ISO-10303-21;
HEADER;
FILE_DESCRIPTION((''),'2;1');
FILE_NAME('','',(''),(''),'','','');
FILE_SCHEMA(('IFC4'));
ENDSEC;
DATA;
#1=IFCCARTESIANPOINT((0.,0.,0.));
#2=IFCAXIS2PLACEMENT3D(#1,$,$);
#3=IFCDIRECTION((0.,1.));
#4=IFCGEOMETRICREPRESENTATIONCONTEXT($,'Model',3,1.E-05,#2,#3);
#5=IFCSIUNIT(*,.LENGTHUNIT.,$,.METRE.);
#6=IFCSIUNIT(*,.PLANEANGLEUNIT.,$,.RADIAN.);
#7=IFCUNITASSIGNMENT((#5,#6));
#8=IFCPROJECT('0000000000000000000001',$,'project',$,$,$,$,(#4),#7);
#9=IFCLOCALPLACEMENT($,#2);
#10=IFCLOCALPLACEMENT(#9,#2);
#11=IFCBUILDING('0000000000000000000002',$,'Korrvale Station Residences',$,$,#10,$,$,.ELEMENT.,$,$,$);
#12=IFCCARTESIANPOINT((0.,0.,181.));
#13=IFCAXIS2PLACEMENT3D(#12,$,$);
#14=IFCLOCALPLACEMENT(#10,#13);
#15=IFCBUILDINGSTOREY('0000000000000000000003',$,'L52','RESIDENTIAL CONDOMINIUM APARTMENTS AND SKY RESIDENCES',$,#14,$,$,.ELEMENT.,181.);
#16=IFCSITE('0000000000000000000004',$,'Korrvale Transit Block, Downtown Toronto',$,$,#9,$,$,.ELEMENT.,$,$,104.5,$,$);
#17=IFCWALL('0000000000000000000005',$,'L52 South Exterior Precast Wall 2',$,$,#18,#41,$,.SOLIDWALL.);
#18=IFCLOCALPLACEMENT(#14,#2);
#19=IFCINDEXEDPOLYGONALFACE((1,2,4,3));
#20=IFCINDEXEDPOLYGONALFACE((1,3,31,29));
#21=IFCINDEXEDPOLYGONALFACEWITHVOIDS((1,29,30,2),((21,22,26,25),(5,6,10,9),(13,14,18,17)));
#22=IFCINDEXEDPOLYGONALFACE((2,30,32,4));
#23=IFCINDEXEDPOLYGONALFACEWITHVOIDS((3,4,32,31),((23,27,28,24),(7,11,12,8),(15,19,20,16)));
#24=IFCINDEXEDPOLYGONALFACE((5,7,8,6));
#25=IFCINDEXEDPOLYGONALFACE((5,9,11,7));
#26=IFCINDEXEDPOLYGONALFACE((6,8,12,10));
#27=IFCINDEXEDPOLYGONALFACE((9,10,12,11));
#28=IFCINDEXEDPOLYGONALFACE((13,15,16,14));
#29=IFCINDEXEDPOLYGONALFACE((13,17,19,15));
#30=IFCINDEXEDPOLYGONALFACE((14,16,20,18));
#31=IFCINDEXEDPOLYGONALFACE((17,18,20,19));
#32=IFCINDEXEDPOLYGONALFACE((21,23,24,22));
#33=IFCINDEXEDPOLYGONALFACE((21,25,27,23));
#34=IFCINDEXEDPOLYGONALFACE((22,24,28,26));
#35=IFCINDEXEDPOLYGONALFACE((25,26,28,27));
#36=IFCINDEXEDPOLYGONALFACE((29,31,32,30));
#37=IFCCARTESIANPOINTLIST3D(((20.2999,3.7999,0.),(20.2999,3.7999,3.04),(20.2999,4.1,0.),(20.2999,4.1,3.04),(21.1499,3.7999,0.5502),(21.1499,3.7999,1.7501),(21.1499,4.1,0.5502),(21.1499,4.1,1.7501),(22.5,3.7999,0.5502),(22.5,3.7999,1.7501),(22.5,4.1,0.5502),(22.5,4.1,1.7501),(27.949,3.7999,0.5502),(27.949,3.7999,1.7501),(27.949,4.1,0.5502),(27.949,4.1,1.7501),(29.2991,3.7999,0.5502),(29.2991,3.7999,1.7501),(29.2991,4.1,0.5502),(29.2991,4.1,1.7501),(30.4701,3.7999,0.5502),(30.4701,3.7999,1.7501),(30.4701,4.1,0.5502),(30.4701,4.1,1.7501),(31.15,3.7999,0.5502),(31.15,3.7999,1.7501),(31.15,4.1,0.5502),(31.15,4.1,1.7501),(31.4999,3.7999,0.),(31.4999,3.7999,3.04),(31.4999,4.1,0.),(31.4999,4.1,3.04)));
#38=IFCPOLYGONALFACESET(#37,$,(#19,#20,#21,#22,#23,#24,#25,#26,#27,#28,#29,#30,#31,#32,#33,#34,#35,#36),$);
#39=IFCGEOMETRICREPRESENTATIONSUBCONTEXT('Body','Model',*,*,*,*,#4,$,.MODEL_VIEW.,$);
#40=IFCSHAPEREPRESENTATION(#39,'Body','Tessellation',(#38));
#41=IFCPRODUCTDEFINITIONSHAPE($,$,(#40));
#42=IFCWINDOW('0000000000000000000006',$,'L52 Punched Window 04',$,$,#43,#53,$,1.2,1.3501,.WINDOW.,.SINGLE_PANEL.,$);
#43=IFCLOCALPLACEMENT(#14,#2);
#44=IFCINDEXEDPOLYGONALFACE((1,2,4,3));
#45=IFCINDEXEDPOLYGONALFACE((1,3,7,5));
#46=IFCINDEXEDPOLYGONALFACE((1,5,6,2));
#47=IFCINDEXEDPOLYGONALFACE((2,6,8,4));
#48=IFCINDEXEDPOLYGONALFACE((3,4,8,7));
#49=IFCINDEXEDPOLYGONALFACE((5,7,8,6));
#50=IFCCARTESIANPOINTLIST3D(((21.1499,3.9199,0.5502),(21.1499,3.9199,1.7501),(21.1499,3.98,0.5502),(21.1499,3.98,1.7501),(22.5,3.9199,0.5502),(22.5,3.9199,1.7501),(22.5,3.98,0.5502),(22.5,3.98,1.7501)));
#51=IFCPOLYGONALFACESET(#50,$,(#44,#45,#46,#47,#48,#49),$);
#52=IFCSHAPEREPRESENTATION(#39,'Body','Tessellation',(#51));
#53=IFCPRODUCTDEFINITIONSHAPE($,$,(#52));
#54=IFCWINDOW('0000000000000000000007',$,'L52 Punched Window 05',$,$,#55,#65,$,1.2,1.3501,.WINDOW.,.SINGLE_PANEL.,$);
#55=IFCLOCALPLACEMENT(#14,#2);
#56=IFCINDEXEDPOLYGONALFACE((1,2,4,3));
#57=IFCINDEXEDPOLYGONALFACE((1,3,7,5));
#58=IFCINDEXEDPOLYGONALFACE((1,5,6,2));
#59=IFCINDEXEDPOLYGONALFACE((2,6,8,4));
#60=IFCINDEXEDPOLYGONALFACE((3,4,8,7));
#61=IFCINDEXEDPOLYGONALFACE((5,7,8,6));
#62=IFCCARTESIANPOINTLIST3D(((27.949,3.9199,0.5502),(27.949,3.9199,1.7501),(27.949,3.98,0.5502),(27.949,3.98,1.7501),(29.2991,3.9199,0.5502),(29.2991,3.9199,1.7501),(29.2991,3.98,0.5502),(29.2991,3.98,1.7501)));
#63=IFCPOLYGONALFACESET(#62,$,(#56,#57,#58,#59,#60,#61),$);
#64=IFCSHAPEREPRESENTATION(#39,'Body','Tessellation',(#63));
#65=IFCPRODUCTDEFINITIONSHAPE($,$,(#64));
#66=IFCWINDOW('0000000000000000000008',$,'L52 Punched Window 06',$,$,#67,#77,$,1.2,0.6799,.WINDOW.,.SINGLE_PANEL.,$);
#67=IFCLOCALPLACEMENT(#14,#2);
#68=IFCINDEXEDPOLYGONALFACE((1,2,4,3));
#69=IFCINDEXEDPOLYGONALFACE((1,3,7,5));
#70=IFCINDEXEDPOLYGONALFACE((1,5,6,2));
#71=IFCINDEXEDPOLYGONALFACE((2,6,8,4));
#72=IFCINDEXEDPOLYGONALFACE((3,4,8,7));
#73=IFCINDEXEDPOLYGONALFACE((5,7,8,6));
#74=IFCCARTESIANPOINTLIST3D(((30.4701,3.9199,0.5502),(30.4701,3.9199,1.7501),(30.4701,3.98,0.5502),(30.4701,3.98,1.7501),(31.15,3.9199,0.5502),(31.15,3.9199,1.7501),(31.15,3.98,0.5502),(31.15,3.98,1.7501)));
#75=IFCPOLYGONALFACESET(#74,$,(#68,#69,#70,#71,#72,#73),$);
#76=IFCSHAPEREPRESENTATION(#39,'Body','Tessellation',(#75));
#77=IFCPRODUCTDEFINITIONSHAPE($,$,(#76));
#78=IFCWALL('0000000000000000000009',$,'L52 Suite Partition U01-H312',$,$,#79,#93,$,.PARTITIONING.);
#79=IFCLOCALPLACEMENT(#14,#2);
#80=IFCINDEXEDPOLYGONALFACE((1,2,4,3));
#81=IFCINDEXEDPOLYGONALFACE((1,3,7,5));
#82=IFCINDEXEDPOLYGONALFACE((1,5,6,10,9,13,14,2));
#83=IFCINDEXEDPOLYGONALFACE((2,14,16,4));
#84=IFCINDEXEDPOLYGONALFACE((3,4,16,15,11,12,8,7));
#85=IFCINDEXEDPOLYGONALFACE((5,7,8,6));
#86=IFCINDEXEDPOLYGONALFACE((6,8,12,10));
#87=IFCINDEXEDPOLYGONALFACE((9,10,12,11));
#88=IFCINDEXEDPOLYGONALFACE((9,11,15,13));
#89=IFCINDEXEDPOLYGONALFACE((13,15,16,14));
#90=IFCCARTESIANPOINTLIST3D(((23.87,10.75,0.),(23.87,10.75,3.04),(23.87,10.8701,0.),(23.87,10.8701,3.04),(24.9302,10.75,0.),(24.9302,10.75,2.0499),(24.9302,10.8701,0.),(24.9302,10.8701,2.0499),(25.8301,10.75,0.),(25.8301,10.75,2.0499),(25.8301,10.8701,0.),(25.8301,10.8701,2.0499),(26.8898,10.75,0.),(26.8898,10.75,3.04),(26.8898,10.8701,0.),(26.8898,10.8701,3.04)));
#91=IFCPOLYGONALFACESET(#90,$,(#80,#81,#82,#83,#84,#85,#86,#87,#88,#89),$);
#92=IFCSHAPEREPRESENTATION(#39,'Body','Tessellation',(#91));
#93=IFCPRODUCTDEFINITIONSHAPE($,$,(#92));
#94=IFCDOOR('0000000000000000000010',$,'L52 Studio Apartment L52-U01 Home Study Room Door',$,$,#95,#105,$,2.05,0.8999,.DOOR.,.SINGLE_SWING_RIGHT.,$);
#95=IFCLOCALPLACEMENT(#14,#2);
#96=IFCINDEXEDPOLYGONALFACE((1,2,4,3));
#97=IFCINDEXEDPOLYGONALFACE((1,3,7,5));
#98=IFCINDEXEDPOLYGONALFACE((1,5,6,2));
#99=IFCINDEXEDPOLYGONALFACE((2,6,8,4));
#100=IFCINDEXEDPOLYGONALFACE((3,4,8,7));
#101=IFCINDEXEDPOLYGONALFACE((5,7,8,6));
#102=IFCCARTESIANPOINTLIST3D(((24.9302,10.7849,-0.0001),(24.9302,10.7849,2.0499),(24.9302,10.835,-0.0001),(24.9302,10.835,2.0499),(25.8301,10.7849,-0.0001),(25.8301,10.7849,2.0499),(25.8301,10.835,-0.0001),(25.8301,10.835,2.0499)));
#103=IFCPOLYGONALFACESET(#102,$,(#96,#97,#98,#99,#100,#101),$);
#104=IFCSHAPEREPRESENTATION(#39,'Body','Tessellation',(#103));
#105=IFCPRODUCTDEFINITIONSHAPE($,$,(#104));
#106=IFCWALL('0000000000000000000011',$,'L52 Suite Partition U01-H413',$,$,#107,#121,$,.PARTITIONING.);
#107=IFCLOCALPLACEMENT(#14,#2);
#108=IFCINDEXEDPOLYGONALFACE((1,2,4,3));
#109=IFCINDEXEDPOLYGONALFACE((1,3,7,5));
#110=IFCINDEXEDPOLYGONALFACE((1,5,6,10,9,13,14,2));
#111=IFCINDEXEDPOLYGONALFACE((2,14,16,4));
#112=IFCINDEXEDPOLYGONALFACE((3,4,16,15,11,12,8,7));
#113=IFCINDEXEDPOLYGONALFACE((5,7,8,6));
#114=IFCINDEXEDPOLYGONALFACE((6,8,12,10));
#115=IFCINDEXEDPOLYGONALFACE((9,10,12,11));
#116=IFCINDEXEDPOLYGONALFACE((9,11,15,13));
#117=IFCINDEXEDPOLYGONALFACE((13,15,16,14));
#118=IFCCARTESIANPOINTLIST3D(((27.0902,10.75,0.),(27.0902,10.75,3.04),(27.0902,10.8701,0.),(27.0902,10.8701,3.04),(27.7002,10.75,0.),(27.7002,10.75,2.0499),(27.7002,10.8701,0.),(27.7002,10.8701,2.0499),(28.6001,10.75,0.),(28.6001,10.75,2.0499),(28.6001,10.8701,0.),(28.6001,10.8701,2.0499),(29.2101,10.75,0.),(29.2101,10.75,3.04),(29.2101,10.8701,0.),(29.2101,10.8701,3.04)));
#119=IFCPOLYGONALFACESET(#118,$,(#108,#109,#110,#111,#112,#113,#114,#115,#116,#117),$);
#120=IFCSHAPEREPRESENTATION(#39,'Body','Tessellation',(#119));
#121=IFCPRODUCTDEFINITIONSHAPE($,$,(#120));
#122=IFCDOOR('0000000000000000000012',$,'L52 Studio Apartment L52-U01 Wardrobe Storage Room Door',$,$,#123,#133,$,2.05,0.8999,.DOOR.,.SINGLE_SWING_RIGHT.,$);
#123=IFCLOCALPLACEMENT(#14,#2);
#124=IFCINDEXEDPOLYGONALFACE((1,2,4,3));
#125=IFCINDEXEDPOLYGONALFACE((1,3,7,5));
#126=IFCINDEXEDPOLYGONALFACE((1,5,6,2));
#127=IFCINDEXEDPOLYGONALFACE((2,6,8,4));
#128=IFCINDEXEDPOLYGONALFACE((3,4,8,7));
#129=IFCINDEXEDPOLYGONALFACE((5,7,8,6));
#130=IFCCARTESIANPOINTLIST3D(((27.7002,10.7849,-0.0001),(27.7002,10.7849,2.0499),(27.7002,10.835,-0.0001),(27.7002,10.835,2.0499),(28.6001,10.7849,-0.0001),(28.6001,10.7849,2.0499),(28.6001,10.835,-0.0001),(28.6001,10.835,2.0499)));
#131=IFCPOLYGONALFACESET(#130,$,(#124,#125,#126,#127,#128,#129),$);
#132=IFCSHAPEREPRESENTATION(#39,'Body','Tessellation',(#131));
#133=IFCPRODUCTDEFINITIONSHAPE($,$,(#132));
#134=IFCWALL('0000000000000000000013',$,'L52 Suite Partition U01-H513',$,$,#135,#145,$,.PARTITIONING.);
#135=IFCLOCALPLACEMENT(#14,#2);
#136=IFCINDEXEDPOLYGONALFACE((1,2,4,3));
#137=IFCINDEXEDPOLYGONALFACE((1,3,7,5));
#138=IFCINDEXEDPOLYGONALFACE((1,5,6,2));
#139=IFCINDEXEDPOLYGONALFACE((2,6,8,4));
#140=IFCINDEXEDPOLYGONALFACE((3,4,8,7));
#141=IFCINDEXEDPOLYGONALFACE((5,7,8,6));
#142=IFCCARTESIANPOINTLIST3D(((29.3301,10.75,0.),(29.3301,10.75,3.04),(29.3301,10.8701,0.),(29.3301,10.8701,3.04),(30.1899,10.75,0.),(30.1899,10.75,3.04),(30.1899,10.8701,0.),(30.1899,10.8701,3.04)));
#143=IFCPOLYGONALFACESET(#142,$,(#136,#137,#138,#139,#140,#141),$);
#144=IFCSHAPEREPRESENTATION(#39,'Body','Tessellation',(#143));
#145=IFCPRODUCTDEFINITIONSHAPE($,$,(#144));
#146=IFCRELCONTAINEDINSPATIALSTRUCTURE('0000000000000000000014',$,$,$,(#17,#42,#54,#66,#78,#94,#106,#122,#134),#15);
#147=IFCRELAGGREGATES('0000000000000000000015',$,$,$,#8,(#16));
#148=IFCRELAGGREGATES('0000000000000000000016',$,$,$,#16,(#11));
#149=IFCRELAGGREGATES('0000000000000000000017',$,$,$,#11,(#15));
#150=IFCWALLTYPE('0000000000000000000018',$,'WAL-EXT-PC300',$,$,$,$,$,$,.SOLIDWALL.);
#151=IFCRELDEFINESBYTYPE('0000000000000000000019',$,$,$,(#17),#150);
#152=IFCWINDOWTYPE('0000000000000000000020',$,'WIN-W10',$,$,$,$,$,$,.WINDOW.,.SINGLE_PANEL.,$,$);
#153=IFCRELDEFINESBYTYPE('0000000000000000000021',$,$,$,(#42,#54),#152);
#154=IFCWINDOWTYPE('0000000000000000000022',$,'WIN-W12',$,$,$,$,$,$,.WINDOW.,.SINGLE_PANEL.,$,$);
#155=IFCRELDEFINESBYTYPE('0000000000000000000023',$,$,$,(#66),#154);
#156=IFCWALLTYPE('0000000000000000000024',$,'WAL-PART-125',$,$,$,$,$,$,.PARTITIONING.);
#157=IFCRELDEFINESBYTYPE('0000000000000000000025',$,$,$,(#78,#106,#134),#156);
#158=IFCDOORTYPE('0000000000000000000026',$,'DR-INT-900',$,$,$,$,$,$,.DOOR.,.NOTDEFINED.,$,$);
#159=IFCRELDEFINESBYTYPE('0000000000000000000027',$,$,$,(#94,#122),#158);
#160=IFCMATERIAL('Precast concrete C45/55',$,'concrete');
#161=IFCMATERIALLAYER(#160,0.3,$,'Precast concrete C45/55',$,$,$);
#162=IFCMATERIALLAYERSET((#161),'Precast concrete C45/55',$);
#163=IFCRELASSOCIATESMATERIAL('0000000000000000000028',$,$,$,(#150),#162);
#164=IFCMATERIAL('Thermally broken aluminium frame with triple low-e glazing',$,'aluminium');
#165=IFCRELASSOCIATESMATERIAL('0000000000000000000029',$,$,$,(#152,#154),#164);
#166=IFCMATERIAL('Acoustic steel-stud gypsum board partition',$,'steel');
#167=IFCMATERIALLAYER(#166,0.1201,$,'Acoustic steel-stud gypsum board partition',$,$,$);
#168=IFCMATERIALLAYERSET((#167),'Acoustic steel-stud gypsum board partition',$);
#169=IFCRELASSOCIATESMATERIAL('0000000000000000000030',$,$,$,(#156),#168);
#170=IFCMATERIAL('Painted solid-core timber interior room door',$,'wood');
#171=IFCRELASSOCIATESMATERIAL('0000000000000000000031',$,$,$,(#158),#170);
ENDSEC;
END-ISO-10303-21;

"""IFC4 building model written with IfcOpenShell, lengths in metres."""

from ifc_helpers import new_model, si_unit, direction, frame, frame_2d, origin, place, context, subcontext, project, spatial, rectangle, extrude, material, layer, layer_set, type_object, element, fill, save


model = new_model("IFC4")

# Units and contexts
model_context = context("Model", 3, precision=1e-05, world=origin(), true_north=direction((0.0, 1.0)))
body_context = subcontext(model_context, "Body", "Model", "MODEL_VIEW")
ifc_project = project(units=[si_unit("LENGTHUNIT", "METRE"), si_unit("PLANEANGLEUNIT", "RADIAN")], contexts=[model_context])

# Site, building, storey
site_placement = place(None, origin())
site = spatial("IfcSite", under=ifc_project, at=site_placement, Name="Korrvale Transit Block, Downtown Toronto", CompositionType="ELEMENT", RefElevation=104.5)
building_placement = place(site_placement, origin())
building = spatial("IfcBuilding", under=site, at=building_placement, Name="Korrvale Station Residences", CompositionType="ELEMENT")
storey_placement = place(building_placement, frame((0.0, 0.0, 181.0)))
storey = spatial("IfcBuildingStorey", under=building, at=storey_placement, Name="L52", Description="RESIDENTIAL CONDOMINIUM APARTMENTS AND SKY RESIDENCES", CompositionType="ELEMENT", Elevation=181.0)

# Shared definitions
ifc_material_1 = material(Name="Precast concrete C45/55", Category="concrete")

# Wall, openings, windows
ifc_layer_1 = layer(ifc_material_1, 0.3, Name="Precast concrete C45/55")
ifc_layer_set_1 = layer_set([ifc_layer_1], Name="Precast concrete C45/55")
wall_type_1 = type_object("IfcWallType", Name="WAL-EXT-PC300", PredefinedType="SOLIDWALL", material=ifc_layer_set_1)
wall_1_placement = place(storey_placement, frame((31.5, 3.95, 0.0), z_axis=(0.0, 0.0, 1.0), x_axis=(-1.0, 0.0, 0.0)))
wall_1 = element("IfcWall", 1, at=wall_1_placement, inside=storey, type_object=wall_type_1, Name="L52 South Exterior Precast Wall 2", PredefinedType="SOLIDWALL", context=body_context, shape_type="SweptSolid", body=[
    extrude(rectangle(XDim=11.2, YDim=0.3, at=frame_2d((5.6001, 0.0))), origin(), (0.0, 0.0, 1.0), 3.04),
])
opening_1_placement = place(wall_1_placement, frame((9.0, 0.0, 0.55)))
opening_1 = element("IfcOpeningElement", 2, at=opening_1_placement, cuts=wall_1, PredefinedType="OPENING", context=body_context, shape_type="SweptSolid", body=[
    extrude(rectangle(XDim=1.3501, YDim=1.2, at=frame_2d((0.675, 0.6001))), frame((0.0, 0.1602, 0.0), z_axis=(0.0, -1.0, 0.0), x_axis=(1.0, 0.0, 0.0)), (0.0, 0.0, 1.0), 0.3201),
])
opening_2_placement = place(wall_1_placement, frame((2.2009, 0.0, 0.55)))
opening_2 = element("IfcOpeningElement", 3, at=opening_2_placement, cuts=wall_1, PredefinedType="OPENING", context=body_context, shape_type="SweptSolid", body=[
    extrude(rectangle(XDim=1.3501, YDim=1.2, at=frame_2d((0.675, 0.6001))), frame((0.0, 0.1602, 0.0), z_axis=(0.0, -1.0, 0.0), x_axis=(1.0, 0.0, 0.0)), (0.0, 0.0, 1.0), 0.3201),
])
opening_3_placement = place(wall_1_placement, frame((0.3501, 0.0, 0.55)))
opening_3 = element("IfcOpeningElement", 4, at=opening_3_placement, cuts=wall_1, PredefinedType="OPENING", context=body_context, shape_type="SweptSolid", body=[
    extrude(rectangle(XDim=0.6799, YDim=1.2, at=frame_2d((0.3398, 0.6001))), frame((0.0, 0.1602, 0.0), z_axis=(0.0, -1.0, 0.0), x_axis=(1.0, 0.0, 0.0)), (0.0, 0.0, 1.0), 0.3201),
])
ifc_material_2 = material(Name="Thermally broken aluminium frame with triple low-e glazing", Category="aluminium")
window_type_1 = type_object("IfcWindowType", Name="WIN-W10", PartitioningType="SINGLE_PANEL", PredefinedType="WINDOW", material=ifc_material_2)
window_1_placement = place(opening_1_placement, origin())
window_1 = element("IfcWindow", 5, at=window_1_placement, inside=storey, type_object=window_type_1, Name="L52 Punched Window 04", OverallHeight=1.2, OverallWidth=1.3501, PartitioningType="SINGLE_PANEL", PredefinedType="WINDOW", context=body_context, shape_type="SweptSolid", body=[
    extrude(rectangle(XDim=1.3501, YDim=1.2, at=frame_2d((0.675, 0.6001))), frame((0.0, 0.03, 0.0), z_axis=(0.0, -1.0, 0.0), x_axis=(1.0, 0.0, 0.0)), (0.0, 0.0, 1.0), 0.0601),
])
fill(opening_1, window_1)
window_2_placement = place(opening_2_placement, origin())
window_2 = element("IfcWindow", 6, at=window_2_placement, inside=storey, type_object=window_type_1, Name="L52 Punched Window 05", OverallHeight=1.2, OverallWidth=1.3501, PartitioningType="SINGLE_PANEL", PredefinedType="WINDOW", context=body_context, shape_type="SweptSolid", body=[
    extrude(rectangle(XDim=1.3501, YDim=1.2, at=frame_2d((0.675, 0.6001))), frame((0.0, 0.03, 0.0), z_axis=(0.0, -1.0, 0.0), x_axis=(1.0, 0.0, 0.0)), (0.0, 0.0, 1.0), 0.0601),
])
fill(opening_2, window_2)
window_type_2 = type_object("IfcWindowType", Name="WIN-W12", PartitioningType="SINGLE_PANEL", PredefinedType="WINDOW", material=ifc_material_2)
window_3_placement = place(opening_3_placement, origin())
window_3 = element("IfcWindow", 7, at=window_3_placement, inside=storey, type_object=window_type_2, Name="L52 Punched Window 06", OverallHeight=1.2, OverallWidth=0.6799, PartitioningType="SINGLE_PANEL", PredefinedType="WINDOW", context=body_context, shape_type="SweptSolid", body=[
    extrude(rectangle(XDim=0.6799, YDim=1.2, at=frame_2d((0.3398, 0.6001))), frame((0.0, 0.03, 0.0), z_axis=(0.0, -1.0, 0.0), x_axis=(1.0, 0.0, 0.0)), (0.0, 0.0, 1.0), 0.0601),
])
fill(opening_3, window_3)

# Walls, openings, doors
ifc_material_3 = material(Name="Acoustic steel-stud gypsum board partition", Category="steel")
ifc_layer_2 = layer(ifc_material_3, 0.1201, Name="Acoustic steel-stud gypsum board partition")
ifc_layer_set_2 = layer_set([ifc_layer_2], Name="Acoustic steel-stud gypsum board partition")
wall_type_2 = type_object("IfcWallType", Name="WAL-PART-125", PredefinedType="PARTITIONING", material=ifc_layer_set_2)
wall_2_placement = place(storey_placement, frame((23.8701, 10.8101, 0.0), z_axis=(0.0, 0.0, 1.0), x_axis=(1.0, 0.0, 0.0)))
wall_2 = element("IfcWall", 8, at=wall_2_placement, inside=storey, type_object=wall_type_2, Name="L52 Suite Partition U01-H312", PredefinedType="PARTITIONING", context=body_context, shape_type="SweptSolid", body=[
    extrude(rectangle(XDim=3.0198, YDim=0.1201, at=frame_2d((1.5098, 0.0))), origin(), (0.0, 0.0, 1.0), 3.04),
])
opening_4_placement = place(wall_2_placement, frame((1.0601, 0.0, 0.0)))
opening_4 = element("IfcOpeningElement", 9, at=opening_4_placement, cuts=wall_2, PredefinedType="OPENING", context=body_context, shape_type="SweptSolid", body=[
    extrude(rectangle(XDim=0.8999, YDim=2.05, at=frame_2d((0.45, 1.0249))), frame((0.0, 0.0701, 0.0), z_axis=(0.0, -1.0, 0.0), x_axis=(1.0, 0.0, 0.0)), (0.0, 0.0, 1.0), 0.1401),
])
ifc_material_4 = material(Name="Painted solid-core timber interior room door", Category="wood")
door_type = type_object("IfcDoorType", Name="DR-INT-900", OperationType="NOTDEFINED", PredefinedType="DOOR", material=ifc_material_4)
door_1_placement = place(opening_4_placement, origin())
door_1 = element("IfcDoor", 10, at=door_1_placement, inside=storey, type_object=door_type, Name="L52 Studio Apartment L52-U01 Home Study Room Door", OperationType="SINGLE_SWING_RIGHT", OverallHeight=2.05, OverallWidth=0.8999, PredefinedType="DOOR", context=body_context, shape_type="SweptSolid", body=[
    extrude(rectangle(XDim=0.8999, YDim=2.05, at=frame_2d((0.45, 1.0249))), frame((0.0, 0.0249, 0.0), z_axis=(0.0, -1.0, 0.0), x_axis=(1.0, 0.0, 0.0)), (0.0, 0.0, 1.0), 0.05),
])
fill(opening_4, door_1)
wall_3_placement = place(storey_placement, frame((27.0901, 10.8101, 0.0), z_axis=(0.0, 0.0, 1.0), x_axis=(1.0, 0.0, 0.0)))
wall_3 = element("IfcWall", 11, at=wall_3_placement, inside=storey, type_object=wall_type_2, Name="L52 Suite Partition U01-H413", PredefinedType="PARTITIONING", context=body_context, shape_type="SweptSolid", body=[
    extrude(rectangle(XDim=2.1199, YDim=0.1201, at=frame_2d((1.0601, 0.0))), origin(), (0.0, 0.0, 1.0), 3.04),
])
opening_5_placement = place(wall_3_placement, frame((0.6101, 0.0, 0.0)))
opening_5 = element("IfcOpeningElement", 12, at=opening_5_placement, cuts=wall_3, PredefinedType="OPENING", context=body_context, shape_type="SweptSolid", body=[
    extrude(rectangle(XDim=0.8999, YDim=2.05, at=frame_2d((0.45, 1.0249))), frame((0.0, 0.0701, 0.0), z_axis=(0.0, -1.0, 0.0), x_axis=(1.0, 0.0, 0.0)), (0.0, 0.0, 1.0), 0.1401),
])
door_2_placement = place(opening_5_placement, origin())
door_2 = element("IfcDoor", 13, at=door_2_placement, inside=storey, type_object=door_type, Name="L52 Studio Apartment L52-U01 Wardrobe Storage Room Door", OperationType="SINGLE_SWING_RIGHT", OverallHeight=2.05, OverallWidth=0.8999, PredefinedType="DOOR", context=body_context, shape_type="SweptSolid", body=[
    extrude(rectangle(XDim=0.8999, YDim=2.05, at=frame_2d((0.45, 1.0249))), frame((0.0, 0.0249, 0.0), z_axis=(0.0, -1.0, 0.0), x_axis=(1.0, 0.0, 0.0)), (0.0, 0.0, 1.0), 0.05),
])
fill(opening_5, door_2)

# Wall
wall_4_placement = place(storey_placement, frame((29.3301, 10.8101, 0.0), z_axis=(0.0, 0.0, 1.0), x_axis=(1.0, 0.0, 0.0)))
element("IfcWall", 14, at=wall_4_placement, inside=storey, type_object=wall_type_2, Name="L52 Suite Partition U01-H513", PredefinedType="PARTITIONING", context=body_context, shape_type="SweptSolid", body=[
    extrude(rectangle(XDim=0.8599, YDim=0.1201, at=frame_2d((0.4299, 0.0))), origin(), (0.0, 0.0, 1.0), 3.04),
])

save(model, "model.ifc")
